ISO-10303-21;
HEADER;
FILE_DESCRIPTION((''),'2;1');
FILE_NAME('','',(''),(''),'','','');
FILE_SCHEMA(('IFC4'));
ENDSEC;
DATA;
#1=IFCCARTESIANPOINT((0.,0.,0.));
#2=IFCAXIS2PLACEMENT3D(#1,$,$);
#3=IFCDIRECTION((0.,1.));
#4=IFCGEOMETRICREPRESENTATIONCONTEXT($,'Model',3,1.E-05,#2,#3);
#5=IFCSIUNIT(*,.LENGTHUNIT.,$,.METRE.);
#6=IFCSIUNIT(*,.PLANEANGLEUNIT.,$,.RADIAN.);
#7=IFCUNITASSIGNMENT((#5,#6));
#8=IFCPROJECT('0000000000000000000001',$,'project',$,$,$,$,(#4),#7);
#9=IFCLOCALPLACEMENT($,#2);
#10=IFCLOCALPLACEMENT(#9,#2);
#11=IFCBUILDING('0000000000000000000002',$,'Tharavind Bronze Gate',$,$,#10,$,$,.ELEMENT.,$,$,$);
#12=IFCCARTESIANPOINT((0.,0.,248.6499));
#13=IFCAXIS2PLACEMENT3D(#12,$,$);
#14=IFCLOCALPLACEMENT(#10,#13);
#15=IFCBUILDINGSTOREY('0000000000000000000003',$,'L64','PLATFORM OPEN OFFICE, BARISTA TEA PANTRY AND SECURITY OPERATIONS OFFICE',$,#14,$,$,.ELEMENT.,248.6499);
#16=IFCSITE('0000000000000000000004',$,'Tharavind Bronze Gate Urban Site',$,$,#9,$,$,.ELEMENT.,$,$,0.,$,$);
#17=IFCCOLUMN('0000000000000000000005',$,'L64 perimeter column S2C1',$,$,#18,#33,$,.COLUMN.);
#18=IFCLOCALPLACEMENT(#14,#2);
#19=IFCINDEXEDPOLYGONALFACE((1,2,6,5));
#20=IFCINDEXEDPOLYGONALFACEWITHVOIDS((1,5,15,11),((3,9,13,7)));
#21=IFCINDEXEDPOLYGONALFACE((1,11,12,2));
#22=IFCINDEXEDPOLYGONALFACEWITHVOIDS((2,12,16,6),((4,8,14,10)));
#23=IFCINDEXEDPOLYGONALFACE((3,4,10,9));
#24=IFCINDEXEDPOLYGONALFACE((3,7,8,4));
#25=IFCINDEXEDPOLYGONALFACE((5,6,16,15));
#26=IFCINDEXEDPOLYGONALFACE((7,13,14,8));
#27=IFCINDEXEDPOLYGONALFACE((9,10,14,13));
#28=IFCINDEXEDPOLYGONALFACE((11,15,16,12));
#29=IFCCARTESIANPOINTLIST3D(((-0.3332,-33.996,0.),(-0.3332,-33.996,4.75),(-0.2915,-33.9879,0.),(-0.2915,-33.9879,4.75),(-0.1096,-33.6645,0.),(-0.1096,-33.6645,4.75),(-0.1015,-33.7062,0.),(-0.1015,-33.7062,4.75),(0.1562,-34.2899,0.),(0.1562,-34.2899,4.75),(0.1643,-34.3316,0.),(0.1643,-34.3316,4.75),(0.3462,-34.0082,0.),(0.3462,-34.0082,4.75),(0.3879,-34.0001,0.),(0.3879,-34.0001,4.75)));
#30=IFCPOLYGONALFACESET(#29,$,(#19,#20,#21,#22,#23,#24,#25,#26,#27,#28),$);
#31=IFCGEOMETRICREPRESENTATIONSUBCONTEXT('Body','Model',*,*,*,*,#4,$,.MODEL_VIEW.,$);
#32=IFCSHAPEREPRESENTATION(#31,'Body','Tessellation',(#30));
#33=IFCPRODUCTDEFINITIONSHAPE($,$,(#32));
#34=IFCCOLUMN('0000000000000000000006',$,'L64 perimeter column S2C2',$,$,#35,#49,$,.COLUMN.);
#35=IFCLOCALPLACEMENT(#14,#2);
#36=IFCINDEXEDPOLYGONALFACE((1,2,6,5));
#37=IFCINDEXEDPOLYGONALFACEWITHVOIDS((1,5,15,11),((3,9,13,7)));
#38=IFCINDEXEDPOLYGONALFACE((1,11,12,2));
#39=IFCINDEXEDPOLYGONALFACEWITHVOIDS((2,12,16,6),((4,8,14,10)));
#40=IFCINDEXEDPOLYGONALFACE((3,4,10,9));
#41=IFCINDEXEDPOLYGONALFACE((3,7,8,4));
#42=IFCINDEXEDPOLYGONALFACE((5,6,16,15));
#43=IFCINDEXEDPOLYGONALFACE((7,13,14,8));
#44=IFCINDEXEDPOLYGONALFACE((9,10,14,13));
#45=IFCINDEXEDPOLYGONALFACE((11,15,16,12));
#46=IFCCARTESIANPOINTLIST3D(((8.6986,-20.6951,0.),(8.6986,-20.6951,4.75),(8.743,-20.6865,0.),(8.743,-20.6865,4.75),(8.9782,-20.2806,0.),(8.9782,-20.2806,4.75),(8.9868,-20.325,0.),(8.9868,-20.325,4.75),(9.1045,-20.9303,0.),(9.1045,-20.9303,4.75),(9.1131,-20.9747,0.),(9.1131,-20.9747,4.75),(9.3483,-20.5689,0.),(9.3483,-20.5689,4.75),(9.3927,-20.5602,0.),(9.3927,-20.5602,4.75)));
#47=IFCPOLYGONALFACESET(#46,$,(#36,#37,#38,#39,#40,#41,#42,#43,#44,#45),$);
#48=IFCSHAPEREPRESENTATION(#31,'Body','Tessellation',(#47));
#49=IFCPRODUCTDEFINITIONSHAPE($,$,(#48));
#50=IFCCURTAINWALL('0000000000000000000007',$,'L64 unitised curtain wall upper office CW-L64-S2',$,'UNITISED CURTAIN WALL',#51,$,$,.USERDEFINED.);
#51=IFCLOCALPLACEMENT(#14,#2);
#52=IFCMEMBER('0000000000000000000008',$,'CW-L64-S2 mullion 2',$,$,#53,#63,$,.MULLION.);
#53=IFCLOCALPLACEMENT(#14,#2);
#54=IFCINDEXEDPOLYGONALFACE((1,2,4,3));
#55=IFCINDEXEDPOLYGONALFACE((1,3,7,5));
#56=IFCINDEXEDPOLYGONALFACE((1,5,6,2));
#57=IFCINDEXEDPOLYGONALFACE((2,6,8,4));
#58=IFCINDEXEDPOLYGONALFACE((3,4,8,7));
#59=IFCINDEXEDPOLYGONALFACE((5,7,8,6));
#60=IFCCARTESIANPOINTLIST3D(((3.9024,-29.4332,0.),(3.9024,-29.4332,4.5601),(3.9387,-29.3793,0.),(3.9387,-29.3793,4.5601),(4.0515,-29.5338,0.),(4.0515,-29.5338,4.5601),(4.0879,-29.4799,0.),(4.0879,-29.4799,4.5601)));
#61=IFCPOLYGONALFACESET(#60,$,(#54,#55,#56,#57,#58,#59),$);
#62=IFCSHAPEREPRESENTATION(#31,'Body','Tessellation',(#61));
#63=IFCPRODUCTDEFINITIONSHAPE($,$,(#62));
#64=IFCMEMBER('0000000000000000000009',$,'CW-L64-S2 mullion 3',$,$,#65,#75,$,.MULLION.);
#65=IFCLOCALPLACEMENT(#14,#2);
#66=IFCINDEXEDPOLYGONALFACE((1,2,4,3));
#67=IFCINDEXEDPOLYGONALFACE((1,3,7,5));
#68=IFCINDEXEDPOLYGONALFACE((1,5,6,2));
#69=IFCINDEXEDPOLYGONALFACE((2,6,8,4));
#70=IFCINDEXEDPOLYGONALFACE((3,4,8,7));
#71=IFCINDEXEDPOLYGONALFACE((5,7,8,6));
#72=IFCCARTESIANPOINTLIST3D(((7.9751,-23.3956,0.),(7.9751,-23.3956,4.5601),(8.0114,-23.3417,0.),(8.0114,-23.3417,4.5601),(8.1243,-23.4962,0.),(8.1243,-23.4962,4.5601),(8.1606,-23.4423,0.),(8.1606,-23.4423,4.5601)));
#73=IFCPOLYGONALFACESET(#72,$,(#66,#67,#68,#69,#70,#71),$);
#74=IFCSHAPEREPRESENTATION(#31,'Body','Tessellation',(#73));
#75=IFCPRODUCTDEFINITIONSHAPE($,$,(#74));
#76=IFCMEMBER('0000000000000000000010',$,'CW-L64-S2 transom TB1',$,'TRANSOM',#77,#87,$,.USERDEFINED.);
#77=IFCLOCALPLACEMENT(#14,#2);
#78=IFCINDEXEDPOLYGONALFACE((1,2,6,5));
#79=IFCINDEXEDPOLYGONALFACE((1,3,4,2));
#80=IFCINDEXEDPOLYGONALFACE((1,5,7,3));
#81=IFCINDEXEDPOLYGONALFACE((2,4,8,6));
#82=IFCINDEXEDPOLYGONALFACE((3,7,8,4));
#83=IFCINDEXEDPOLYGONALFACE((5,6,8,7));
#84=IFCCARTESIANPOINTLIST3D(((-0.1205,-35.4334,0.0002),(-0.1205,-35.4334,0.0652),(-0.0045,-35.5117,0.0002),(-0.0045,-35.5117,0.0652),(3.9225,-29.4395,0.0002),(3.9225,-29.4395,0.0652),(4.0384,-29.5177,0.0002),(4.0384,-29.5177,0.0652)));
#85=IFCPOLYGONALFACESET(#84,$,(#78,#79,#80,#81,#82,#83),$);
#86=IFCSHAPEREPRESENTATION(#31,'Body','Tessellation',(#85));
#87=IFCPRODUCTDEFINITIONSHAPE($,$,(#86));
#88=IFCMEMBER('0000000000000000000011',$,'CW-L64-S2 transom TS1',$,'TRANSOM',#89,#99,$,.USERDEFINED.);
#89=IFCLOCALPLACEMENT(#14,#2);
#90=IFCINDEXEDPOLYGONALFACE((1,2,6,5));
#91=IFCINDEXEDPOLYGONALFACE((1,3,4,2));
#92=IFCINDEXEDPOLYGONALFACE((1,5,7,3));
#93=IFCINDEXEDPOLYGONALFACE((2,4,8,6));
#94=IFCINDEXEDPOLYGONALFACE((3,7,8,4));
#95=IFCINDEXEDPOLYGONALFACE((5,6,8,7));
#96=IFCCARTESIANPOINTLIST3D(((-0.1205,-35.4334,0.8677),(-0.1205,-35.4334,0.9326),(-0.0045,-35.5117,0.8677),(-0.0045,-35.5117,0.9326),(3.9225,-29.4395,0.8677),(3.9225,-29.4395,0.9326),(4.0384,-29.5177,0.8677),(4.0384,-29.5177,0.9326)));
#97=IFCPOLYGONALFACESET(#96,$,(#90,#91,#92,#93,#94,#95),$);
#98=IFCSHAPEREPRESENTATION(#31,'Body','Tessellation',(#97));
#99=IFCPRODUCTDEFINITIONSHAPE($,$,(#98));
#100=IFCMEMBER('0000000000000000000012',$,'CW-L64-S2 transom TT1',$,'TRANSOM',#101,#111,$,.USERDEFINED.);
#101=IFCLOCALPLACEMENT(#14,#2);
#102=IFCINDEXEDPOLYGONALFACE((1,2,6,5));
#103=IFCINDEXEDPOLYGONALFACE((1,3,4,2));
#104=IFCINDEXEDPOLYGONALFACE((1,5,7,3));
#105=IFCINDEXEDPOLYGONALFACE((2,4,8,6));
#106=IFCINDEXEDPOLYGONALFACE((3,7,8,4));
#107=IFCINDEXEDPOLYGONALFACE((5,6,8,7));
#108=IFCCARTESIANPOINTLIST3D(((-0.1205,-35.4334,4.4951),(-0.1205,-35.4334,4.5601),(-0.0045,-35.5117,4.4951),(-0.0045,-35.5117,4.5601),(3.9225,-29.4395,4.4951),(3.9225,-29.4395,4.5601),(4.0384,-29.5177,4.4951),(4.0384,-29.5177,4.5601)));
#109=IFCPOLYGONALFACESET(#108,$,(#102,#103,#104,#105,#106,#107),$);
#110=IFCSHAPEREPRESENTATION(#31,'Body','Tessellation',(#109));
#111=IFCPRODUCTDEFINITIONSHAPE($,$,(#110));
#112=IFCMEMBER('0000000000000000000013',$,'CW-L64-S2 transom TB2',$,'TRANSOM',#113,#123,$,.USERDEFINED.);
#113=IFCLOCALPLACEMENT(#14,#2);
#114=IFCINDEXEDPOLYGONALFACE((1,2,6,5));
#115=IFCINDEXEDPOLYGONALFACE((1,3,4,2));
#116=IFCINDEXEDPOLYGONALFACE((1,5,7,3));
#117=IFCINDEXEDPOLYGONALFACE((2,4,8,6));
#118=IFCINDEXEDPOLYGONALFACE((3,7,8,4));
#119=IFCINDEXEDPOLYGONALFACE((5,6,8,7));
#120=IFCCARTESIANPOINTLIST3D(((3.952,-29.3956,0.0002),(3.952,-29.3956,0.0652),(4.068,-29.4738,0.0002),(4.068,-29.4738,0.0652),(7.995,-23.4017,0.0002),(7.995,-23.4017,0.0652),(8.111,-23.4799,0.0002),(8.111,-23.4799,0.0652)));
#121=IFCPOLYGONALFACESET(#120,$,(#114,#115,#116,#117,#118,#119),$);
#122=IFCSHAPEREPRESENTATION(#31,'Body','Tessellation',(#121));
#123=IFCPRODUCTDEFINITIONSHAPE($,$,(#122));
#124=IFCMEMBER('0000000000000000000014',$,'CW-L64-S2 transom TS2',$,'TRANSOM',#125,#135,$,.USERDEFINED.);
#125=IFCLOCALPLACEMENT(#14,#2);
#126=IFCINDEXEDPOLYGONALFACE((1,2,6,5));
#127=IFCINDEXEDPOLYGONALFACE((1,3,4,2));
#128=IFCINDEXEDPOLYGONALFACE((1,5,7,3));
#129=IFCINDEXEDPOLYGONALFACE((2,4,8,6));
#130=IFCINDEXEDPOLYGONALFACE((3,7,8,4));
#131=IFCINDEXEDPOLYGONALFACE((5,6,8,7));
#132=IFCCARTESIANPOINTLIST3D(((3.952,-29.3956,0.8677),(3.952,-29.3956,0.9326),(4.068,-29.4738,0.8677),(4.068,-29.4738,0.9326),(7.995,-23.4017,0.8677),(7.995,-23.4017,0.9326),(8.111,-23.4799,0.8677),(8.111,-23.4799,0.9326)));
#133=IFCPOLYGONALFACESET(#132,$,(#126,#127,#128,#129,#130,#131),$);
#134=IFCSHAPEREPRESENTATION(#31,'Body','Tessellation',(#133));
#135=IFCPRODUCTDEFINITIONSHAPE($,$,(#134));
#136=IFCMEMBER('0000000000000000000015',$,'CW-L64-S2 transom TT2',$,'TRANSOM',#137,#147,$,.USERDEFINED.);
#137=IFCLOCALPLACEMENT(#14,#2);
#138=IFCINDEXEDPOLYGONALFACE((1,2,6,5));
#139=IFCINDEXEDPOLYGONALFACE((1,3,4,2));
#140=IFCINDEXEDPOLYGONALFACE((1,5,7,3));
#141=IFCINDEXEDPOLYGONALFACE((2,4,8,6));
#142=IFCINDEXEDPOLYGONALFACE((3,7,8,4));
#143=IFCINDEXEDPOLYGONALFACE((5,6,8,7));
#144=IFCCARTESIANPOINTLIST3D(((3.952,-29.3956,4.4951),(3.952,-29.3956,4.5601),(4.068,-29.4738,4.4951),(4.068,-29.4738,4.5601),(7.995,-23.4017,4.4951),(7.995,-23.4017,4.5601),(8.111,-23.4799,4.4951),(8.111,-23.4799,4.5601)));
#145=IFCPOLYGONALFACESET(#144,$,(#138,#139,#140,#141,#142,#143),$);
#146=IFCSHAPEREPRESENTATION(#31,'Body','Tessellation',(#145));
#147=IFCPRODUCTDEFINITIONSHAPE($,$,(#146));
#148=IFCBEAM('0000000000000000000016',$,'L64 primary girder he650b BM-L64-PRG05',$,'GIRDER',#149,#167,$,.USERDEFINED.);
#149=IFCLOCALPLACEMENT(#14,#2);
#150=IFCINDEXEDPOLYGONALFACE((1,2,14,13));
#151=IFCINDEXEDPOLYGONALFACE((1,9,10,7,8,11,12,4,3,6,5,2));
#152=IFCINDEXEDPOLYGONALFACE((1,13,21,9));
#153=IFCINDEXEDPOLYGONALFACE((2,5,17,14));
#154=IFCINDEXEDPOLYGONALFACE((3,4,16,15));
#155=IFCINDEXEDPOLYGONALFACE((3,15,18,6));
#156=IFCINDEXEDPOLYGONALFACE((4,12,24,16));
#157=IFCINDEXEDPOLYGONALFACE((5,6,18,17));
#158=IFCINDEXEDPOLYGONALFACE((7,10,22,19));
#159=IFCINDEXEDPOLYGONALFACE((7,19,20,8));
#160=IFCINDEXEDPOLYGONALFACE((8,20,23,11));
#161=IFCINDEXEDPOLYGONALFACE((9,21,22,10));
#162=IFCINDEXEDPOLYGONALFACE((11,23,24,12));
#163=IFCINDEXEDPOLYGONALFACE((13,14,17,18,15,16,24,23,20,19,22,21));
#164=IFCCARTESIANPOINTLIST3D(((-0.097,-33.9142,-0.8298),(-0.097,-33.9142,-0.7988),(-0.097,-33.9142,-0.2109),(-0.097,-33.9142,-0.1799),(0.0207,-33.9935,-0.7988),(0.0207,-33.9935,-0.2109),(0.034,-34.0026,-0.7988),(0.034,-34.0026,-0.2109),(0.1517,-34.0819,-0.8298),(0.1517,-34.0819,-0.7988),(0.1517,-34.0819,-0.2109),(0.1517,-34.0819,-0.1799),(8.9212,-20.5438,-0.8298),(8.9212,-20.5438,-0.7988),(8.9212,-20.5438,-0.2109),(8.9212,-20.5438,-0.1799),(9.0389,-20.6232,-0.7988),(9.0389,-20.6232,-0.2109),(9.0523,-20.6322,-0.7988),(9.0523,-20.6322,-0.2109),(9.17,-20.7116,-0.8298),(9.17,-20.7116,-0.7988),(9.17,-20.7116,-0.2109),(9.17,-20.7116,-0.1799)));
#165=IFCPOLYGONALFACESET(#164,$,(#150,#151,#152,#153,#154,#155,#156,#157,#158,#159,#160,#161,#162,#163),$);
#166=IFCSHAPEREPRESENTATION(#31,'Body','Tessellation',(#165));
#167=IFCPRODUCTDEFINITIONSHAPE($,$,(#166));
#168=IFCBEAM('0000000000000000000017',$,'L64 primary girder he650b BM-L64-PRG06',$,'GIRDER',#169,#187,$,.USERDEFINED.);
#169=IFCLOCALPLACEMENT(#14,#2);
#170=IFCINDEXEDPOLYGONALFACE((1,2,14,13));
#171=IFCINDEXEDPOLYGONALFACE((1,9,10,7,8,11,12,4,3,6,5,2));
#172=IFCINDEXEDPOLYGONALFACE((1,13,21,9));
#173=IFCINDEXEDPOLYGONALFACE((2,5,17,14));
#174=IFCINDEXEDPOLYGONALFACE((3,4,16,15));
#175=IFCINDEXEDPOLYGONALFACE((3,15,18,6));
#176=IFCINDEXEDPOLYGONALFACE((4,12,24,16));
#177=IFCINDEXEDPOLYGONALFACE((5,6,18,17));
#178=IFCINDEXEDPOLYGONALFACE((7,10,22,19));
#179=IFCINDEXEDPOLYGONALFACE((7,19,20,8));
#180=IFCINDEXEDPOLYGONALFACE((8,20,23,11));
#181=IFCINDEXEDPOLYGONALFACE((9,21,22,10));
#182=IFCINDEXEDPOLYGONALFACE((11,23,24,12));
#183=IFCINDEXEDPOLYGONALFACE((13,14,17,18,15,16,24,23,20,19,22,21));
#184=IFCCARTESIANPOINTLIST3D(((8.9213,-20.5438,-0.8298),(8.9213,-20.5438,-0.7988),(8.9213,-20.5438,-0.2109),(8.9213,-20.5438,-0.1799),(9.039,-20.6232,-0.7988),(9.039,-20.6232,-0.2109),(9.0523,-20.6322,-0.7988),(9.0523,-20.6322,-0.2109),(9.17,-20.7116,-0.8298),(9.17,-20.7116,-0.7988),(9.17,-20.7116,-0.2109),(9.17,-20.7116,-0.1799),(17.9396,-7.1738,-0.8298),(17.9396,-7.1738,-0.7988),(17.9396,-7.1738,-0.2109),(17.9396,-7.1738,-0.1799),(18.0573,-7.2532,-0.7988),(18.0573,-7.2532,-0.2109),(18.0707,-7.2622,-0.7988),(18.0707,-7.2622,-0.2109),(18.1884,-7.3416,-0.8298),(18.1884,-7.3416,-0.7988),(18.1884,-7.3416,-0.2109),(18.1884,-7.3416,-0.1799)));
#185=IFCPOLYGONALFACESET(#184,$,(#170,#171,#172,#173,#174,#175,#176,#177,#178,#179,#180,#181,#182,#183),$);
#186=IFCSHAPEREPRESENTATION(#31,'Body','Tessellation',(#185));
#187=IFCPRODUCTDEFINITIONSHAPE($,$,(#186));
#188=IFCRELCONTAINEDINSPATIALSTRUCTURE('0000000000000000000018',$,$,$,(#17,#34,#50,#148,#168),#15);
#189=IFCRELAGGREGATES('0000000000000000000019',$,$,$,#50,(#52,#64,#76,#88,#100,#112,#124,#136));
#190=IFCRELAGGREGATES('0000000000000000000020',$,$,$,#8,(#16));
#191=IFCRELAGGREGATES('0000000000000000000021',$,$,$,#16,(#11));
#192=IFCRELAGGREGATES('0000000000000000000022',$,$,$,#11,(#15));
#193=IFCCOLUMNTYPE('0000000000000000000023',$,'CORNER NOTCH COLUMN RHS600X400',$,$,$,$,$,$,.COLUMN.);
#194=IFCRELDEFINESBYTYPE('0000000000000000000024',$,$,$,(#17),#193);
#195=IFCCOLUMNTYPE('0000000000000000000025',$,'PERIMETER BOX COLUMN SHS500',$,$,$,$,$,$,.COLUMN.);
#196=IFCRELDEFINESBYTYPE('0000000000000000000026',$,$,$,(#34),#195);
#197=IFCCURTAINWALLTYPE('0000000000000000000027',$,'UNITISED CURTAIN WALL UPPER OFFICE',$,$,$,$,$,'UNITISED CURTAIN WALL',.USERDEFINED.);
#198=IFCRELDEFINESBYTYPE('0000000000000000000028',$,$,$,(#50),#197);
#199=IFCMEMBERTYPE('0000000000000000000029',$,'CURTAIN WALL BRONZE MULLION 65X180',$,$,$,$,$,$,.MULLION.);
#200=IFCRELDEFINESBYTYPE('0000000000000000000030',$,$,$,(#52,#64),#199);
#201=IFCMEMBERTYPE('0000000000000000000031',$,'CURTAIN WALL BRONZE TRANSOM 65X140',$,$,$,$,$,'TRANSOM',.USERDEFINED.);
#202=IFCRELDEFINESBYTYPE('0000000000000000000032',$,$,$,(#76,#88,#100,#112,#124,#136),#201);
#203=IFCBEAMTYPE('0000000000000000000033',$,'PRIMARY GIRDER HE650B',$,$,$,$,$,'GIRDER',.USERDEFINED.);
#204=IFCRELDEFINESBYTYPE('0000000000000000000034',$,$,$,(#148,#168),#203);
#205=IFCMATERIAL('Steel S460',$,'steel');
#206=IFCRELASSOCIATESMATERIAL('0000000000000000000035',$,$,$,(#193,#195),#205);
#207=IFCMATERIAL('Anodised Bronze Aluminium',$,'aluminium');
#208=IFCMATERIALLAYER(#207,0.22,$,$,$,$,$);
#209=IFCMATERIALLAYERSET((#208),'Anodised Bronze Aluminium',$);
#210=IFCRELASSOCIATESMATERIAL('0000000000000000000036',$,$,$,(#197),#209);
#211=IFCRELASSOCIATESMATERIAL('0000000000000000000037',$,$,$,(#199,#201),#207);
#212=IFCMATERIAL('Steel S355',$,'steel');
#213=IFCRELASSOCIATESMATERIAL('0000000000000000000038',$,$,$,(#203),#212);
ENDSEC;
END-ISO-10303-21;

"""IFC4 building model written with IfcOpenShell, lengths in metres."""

from ifc_helpers import new_model, si_unit, direction, frame, origin, origin_2d, place, context, subcontext, project, spatial, rectangle, hollow_rectangle, i_section, extrude, material, layer, layer_set, material_profile, profile_set, type_object, element, aggregate, save


model = new_model("IFC4")

# Units and contexts
model_context = context("Model", 3, precision=1e-05, world=origin(), true_north=direction((0.0, 1.0)))
body_context = subcontext(model_context, "Body", "Model", "MODEL_VIEW")
ifc_project = project(units=[si_unit("LENGTHUNIT", "METRE"), si_unit("PLANEANGLEUNIT", "RADIAN")], contexts=[model_context])

# Site, building, storey
site_placement = place(None, origin())
site = spatial("IfcSite", under=ifc_project, at=site_placement, Name="Tharavind Bronze Gate Urban Site", CompositionType="ELEMENT", RefElevation=0.0)
building_placement = place(site_placement, origin())
building = spatial("IfcBuilding", under=site, at=building_placement, Name="Tharavind Bronze Gate", CompositionType="ELEMENT")
storey_placement = place(building_placement, frame((0.0, 0.0, 248.6499)))
storey = spatial("IfcBuildingStorey", under=building, at=storey_placement, Name="L64", Description="PLATFORM OPEN OFFICE, BARISTA TEA PANTRY AND SECURITY OPERATIONS OFFICE", CompositionType="ELEMENT", Elevation=248.6499)

# Columns
ifc_material_1 = material(Name="Steel S460", Category="steel")
ifc_material_profile_1 = material_profile(ifc_material_1, hollow_rectangle(XDim=0.3999, YDim=0.6001, WallThickness=0.03, at=origin_2d()), Name="RHS600X400X30")
ifc_profile_set_1 = profile_set([ifc_material_profile_1], Name="Steel S460")
column_type_1 = type_object("IfcColumnType", Name="CORNER NOTCH COLUMN RHS600X400", PredefinedType="COLUMN", material=ifc_profile_set_1)
column_1_placement = place(storey_placement, frame((0.0273, -33.998, 0.0), z_axis=(0.0, 0.0, 1.0), x_axis=(0.559194, 0.829037, 0.0)))
element("IfcColumn", 1, at=column_1_placement, inside=storey, type_object=column_type_1, Name="L64 perimeter column S2C1", PredefinedType="COLUMN", context=body_context, shape_type="SweptSolid", body=[
    extrude(hollow_rectangle(XDim=0.3999, YDim=0.6001, WallThickness=0.03, at=origin_2d()), origin(), (0.0, 0.0, 1.0), 4.75),
])
ifc_material_profile_2 = material_profile(ifc_material_1, hollow_rectangle(XDim=0.5, YDim=0.5, WallThickness=0.032, at=origin_2d()), Name="SHS500X32")
ifc_profile_set_2 = profile_set([ifc_material_profile_2], Name="Steel S460")
column_type_2 = type_object("IfcColumnType", Name="PERIMETER BOX COLUMN SHS500", PredefinedType="COLUMN", material=ifc_profile_set_2)
column_2_placement = place(storey_placement, frame((9.0457, -20.6277, 0.0), z_axis=(0.0, 0.0, 1.0), x_axis=(0.559194, 0.829037, 0.0)))
element("IfcColumn", 2, at=column_2_placement, inside=storey, type_object=column_type_2, Name="L64 perimeter column S2C2", PredefinedType="COLUMN", context=body_context, shape_type="SweptSolid", body=[
    extrude(hollow_rectangle(XDim=0.5, YDim=0.5, WallThickness=0.032, at=origin_2d()), origin(), (0.0, 0.0, 1.0), 4.75),
])

# Curtain wall, members
ifc_material_2 = material(Name="Anodised Bronze Aluminium", Category="aluminium")
ifc_layer_1 = layer(ifc_material_2, 0.22)
ifc_layer_set_1 = layer_set([ifc_layer_1], Name="Anodised Bronze Aluminium")
curtain_wall_type = type_object("IfcCurtainWallType", Name="UNITISED CURTAIN WALL UPPER OFFICE", ElementType="UNITISED CURTAIN WALL", PredefinedType="USERDEFINED", material=ifc_layer_set_1)
curtain_wall_placement = place(storey_placement, origin())
curtain_wall = element("IfcCurtainWall", 3, at=curtain_wall_placement, inside=storey, type_object=curtain_wall_type, Name="L64 unitised curtain wall upper office CW-L64-S2", ObjectType="UNITISED CURTAIN WALL", PredefinedType="USERDEFINED")
member_type_1 = type_object("IfcMemberType", Name="CURTAIN WALL BRONZE MULLION 65X180", PredefinedType="MULLION", material=ifc_material_2)
member_1_placement = place(storey_placement, frame((3.9951, -29.4565, 0.0), z_axis=(0.0, 0.0, 1.0), x_axis=(0.559193, 0.829038, 0.0)))
member_1 = element("IfcMember", 4, at=member_1_placement, type_object=member_type_1, Name="CW-L64-S2 mullion 2", PredefinedType="MULLION", context=body_context, shape_type="SweptSolid", body=[
    extrude(rectangle(XDim=0.0649, YDim=0.1799, at=origin_2d()), origin(), (0.0, 0.0, 1.0), 4.5601),
])
member_2_placement = place(storey_placement, frame((8.0679, -23.4189, 0.0), z_axis=(0.0, 0.0, 1.0), x_axis=(0.559193, 0.829038, 0.0)))
member_2 = element("IfcMember", 5, at=member_2_placement, type_object=member_type_1, Name="CW-L64-S2 mullion 3", PredefinedType="MULLION", context=body_context, shape_type="SweptSolid", body=[
    extrude(rectangle(XDim=0.0649, YDim=0.1799, at=origin_2d()), origin(), (0.0, 0.0, 1.0), 4.5601),
])
member_type_2 = type_object("IfcMemberType", Name="CURTAIN WALL BRONZE TRANSOM 65X140", ElementType="TRANSOM", PredefinedType="USERDEFINED", material=ifc_material_2)
member_3_placement = place(storey_placement, frame((1.959, -32.4756, 0.0002), z_axis=(0.0, 0.0, 1.0), x_axis=(0.559193, 0.829038, 0.0)))
member_3 = element("IfcMember", 6, at=member_3_placement, type_object=member_type_2, Name="CW-L64-S2 transom TB1", ObjectType="TRANSOM", PredefinedType="USERDEFINED", context=body_context, shape_type="SweptSolid", body=[
    extrude(rectangle(XDim=7.23, YDim=0.1399, at=origin_2d()), origin(), (0.0, 0.0, 1.0), 0.0649),
])
member_4_placement = place(storey_placement, frame((1.959, -32.4756, 0.8677), z_axis=(0.0, 0.0, 1.0), x_axis=(0.559193, 0.829038, 0.0)))
member_4 = element("IfcMember", 7, at=member_4_placement, type_object=member_type_2, Name="CW-L64-S2 transom TS1", ObjectType="TRANSOM", PredefinedType="USERDEFINED", context=body_context, shape_type="SweptSolid", body=[
    extrude(rectangle(XDim=7.23, YDim=0.1399, at=origin_2d()), origin(), (0.0, 0.0, 1.0), 0.0649),
])
member_5_placement = place(storey_placement, frame((1.959, -32.4756, 4.4951), z_axis=(0.0, 0.0, 1.0), x_axis=(0.559193, 0.829038, 0.0)))
member_5 = element("IfcMember", 8, at=member_5_placement, type_object=member_type_2, Name="CW-L64-S2 transom TT1", ObjectType="TRANSOM", PredefinedType="USERDEFINED", context=body_context, shape_type="SweptSolid", body=[
    extrude(rectangle(XDim=7.23, YDim=0.1399, at=origin_2d()), origin(), (0.0, 0.0, 1.0), 0.0649),
])
member_6_placement = place(storey_placement, frame((6.0315, -26.4377, 0.0002), z_axis=(0.0, 0.0, 1.0), x_axis=(0.559193, 0.829038, 0.0)))
member_6 = element("IfcMember", 9, at=member_6_placement, type_object=member_type_2, Name="CW-L64-S2 transom TB2", ObjectType="TRANSOM", PredefinedType="USERDEFINED", context=body_context, shape_type="SweptSolid", body=[
    extrude(rectangle(XDim=7.23, YDim=0.1399, at=origin_2d()), origin(), (0.0, 0.0, 1.0), 0.0649),
])
member_7_placement = place(storey_placement, frame((6.0315, -26.4377, 0.8677), z_axis=(0.0, 0.0, 1.0), x_axis=(0.559193, 0.829038, 0.0)))
member_7 = element("IfcMember", 10, at=member_7_placement, type_object=member_type_2, Name="CW-L64-S2 transom TS2", ObjectType="TRANSOM", PredefinedType="USERDEFINED", context=body_context, shape_type="SweptSolid", body=[
    extrude(rectangle(XDim=7.23, YDim=0.1399, at=origin_2d()), origin(), (0.0, 0.0, 1.0), 0.0649),
])
member_8_placement = place(storey_placement, frame((6.0315, -26.4377, 4.4951), z_axis=(0.0, 0.0, 1.0), x_axis=(0.559193, 0.829038, 0.0)))
member_8 = element("IfcMember", 11, at=member_8_placement, type_object=member_type_2, Name="CW-L64-S2 transom TT2", ObjectType="TRANSOM", PredefinedType="USERDEFINED", context=body_context, shape_type="SweptSolid", body=[
    extrude(rectangle(XDim=7.23, YDim=0.1399, at=origin_2d()), origin(), (0.0, 0.0, 1.0), 0.0649),
])

# Beams
ifc_material_3 = material(Name="Steel S355", Category="steel")
ifc_material_profile_3 = material_profile(ifc_material_3, i_section(OverallWidth=0.3, OverallDepth=0.6499, WebThickness=0.0161, FlangeThickness=0.031, at=origin_2d()), Name="HE650B")
ifc_profile_set_3 = profile_set([ifc_material_profile_3], Name="Steel S355")
beam_type_1 = type_object("IfcBeamType", Name="PRIMARY GIRDER HE650B", ElementType="GIRDER", PredefinedType="USERDEFINED", material=ifc_profile_set_3)
beam_1_placement = place(storey_placement, frame((0.0273, -33.998, -0.5049), z_axis=(0.559188, 0.829041, 0.0), x_axis=(-0.829041, 0.559188, 0.0)))
element("IfcBeam", 12, at=beam_1_placement, inside=storey, type_object=beam_type_1, Name="L64 primary girder he650b BM-L64-PRG05", ObjectType="GIRDER", PredefinedType="USERDEFINED", context=body_context, shape_type="SweptSolid", body=[
    extrude(i_section(OverallWidth=0.3, OverallDepth=0.6499, WebThickness=0.0161, FlangeThickness=0.031, at=origin_2d()), origin(), (0.0, 0.0, 1.0), 16.1274),
])
beam_2_placement = place(storey_placement, frame((9.0457, -20.6277, -0.5049), z_axis=(0.559202, 0.829031, 0.0), x_axis=(-0.829031, 0.559202, 0.0)))
element("IfcBeam", 13, at=beam_2_placement, inside=storey, type_object=beam_type_1, Name="L64 primary girder he650b BM-L64-PRG06", ObjectType="GIRDER", PredefinedType="USERDEFINED", context=body_context, shape_type="SweptSolid", body=[
    extrude(i_section(OverallWidth=0.3, OverallDepth=0.6499, WebThickness=0.0161, FlangeThickness=0.031, at=origin_2d()), origin(), (0.0, 0.0, 1.0), 16.1272),
])

aggregate(curtain_wall, [member_1, member_2, member_3, member_4, member_5, member_6, member_7, member_8])

save(model, "model.ifc")
